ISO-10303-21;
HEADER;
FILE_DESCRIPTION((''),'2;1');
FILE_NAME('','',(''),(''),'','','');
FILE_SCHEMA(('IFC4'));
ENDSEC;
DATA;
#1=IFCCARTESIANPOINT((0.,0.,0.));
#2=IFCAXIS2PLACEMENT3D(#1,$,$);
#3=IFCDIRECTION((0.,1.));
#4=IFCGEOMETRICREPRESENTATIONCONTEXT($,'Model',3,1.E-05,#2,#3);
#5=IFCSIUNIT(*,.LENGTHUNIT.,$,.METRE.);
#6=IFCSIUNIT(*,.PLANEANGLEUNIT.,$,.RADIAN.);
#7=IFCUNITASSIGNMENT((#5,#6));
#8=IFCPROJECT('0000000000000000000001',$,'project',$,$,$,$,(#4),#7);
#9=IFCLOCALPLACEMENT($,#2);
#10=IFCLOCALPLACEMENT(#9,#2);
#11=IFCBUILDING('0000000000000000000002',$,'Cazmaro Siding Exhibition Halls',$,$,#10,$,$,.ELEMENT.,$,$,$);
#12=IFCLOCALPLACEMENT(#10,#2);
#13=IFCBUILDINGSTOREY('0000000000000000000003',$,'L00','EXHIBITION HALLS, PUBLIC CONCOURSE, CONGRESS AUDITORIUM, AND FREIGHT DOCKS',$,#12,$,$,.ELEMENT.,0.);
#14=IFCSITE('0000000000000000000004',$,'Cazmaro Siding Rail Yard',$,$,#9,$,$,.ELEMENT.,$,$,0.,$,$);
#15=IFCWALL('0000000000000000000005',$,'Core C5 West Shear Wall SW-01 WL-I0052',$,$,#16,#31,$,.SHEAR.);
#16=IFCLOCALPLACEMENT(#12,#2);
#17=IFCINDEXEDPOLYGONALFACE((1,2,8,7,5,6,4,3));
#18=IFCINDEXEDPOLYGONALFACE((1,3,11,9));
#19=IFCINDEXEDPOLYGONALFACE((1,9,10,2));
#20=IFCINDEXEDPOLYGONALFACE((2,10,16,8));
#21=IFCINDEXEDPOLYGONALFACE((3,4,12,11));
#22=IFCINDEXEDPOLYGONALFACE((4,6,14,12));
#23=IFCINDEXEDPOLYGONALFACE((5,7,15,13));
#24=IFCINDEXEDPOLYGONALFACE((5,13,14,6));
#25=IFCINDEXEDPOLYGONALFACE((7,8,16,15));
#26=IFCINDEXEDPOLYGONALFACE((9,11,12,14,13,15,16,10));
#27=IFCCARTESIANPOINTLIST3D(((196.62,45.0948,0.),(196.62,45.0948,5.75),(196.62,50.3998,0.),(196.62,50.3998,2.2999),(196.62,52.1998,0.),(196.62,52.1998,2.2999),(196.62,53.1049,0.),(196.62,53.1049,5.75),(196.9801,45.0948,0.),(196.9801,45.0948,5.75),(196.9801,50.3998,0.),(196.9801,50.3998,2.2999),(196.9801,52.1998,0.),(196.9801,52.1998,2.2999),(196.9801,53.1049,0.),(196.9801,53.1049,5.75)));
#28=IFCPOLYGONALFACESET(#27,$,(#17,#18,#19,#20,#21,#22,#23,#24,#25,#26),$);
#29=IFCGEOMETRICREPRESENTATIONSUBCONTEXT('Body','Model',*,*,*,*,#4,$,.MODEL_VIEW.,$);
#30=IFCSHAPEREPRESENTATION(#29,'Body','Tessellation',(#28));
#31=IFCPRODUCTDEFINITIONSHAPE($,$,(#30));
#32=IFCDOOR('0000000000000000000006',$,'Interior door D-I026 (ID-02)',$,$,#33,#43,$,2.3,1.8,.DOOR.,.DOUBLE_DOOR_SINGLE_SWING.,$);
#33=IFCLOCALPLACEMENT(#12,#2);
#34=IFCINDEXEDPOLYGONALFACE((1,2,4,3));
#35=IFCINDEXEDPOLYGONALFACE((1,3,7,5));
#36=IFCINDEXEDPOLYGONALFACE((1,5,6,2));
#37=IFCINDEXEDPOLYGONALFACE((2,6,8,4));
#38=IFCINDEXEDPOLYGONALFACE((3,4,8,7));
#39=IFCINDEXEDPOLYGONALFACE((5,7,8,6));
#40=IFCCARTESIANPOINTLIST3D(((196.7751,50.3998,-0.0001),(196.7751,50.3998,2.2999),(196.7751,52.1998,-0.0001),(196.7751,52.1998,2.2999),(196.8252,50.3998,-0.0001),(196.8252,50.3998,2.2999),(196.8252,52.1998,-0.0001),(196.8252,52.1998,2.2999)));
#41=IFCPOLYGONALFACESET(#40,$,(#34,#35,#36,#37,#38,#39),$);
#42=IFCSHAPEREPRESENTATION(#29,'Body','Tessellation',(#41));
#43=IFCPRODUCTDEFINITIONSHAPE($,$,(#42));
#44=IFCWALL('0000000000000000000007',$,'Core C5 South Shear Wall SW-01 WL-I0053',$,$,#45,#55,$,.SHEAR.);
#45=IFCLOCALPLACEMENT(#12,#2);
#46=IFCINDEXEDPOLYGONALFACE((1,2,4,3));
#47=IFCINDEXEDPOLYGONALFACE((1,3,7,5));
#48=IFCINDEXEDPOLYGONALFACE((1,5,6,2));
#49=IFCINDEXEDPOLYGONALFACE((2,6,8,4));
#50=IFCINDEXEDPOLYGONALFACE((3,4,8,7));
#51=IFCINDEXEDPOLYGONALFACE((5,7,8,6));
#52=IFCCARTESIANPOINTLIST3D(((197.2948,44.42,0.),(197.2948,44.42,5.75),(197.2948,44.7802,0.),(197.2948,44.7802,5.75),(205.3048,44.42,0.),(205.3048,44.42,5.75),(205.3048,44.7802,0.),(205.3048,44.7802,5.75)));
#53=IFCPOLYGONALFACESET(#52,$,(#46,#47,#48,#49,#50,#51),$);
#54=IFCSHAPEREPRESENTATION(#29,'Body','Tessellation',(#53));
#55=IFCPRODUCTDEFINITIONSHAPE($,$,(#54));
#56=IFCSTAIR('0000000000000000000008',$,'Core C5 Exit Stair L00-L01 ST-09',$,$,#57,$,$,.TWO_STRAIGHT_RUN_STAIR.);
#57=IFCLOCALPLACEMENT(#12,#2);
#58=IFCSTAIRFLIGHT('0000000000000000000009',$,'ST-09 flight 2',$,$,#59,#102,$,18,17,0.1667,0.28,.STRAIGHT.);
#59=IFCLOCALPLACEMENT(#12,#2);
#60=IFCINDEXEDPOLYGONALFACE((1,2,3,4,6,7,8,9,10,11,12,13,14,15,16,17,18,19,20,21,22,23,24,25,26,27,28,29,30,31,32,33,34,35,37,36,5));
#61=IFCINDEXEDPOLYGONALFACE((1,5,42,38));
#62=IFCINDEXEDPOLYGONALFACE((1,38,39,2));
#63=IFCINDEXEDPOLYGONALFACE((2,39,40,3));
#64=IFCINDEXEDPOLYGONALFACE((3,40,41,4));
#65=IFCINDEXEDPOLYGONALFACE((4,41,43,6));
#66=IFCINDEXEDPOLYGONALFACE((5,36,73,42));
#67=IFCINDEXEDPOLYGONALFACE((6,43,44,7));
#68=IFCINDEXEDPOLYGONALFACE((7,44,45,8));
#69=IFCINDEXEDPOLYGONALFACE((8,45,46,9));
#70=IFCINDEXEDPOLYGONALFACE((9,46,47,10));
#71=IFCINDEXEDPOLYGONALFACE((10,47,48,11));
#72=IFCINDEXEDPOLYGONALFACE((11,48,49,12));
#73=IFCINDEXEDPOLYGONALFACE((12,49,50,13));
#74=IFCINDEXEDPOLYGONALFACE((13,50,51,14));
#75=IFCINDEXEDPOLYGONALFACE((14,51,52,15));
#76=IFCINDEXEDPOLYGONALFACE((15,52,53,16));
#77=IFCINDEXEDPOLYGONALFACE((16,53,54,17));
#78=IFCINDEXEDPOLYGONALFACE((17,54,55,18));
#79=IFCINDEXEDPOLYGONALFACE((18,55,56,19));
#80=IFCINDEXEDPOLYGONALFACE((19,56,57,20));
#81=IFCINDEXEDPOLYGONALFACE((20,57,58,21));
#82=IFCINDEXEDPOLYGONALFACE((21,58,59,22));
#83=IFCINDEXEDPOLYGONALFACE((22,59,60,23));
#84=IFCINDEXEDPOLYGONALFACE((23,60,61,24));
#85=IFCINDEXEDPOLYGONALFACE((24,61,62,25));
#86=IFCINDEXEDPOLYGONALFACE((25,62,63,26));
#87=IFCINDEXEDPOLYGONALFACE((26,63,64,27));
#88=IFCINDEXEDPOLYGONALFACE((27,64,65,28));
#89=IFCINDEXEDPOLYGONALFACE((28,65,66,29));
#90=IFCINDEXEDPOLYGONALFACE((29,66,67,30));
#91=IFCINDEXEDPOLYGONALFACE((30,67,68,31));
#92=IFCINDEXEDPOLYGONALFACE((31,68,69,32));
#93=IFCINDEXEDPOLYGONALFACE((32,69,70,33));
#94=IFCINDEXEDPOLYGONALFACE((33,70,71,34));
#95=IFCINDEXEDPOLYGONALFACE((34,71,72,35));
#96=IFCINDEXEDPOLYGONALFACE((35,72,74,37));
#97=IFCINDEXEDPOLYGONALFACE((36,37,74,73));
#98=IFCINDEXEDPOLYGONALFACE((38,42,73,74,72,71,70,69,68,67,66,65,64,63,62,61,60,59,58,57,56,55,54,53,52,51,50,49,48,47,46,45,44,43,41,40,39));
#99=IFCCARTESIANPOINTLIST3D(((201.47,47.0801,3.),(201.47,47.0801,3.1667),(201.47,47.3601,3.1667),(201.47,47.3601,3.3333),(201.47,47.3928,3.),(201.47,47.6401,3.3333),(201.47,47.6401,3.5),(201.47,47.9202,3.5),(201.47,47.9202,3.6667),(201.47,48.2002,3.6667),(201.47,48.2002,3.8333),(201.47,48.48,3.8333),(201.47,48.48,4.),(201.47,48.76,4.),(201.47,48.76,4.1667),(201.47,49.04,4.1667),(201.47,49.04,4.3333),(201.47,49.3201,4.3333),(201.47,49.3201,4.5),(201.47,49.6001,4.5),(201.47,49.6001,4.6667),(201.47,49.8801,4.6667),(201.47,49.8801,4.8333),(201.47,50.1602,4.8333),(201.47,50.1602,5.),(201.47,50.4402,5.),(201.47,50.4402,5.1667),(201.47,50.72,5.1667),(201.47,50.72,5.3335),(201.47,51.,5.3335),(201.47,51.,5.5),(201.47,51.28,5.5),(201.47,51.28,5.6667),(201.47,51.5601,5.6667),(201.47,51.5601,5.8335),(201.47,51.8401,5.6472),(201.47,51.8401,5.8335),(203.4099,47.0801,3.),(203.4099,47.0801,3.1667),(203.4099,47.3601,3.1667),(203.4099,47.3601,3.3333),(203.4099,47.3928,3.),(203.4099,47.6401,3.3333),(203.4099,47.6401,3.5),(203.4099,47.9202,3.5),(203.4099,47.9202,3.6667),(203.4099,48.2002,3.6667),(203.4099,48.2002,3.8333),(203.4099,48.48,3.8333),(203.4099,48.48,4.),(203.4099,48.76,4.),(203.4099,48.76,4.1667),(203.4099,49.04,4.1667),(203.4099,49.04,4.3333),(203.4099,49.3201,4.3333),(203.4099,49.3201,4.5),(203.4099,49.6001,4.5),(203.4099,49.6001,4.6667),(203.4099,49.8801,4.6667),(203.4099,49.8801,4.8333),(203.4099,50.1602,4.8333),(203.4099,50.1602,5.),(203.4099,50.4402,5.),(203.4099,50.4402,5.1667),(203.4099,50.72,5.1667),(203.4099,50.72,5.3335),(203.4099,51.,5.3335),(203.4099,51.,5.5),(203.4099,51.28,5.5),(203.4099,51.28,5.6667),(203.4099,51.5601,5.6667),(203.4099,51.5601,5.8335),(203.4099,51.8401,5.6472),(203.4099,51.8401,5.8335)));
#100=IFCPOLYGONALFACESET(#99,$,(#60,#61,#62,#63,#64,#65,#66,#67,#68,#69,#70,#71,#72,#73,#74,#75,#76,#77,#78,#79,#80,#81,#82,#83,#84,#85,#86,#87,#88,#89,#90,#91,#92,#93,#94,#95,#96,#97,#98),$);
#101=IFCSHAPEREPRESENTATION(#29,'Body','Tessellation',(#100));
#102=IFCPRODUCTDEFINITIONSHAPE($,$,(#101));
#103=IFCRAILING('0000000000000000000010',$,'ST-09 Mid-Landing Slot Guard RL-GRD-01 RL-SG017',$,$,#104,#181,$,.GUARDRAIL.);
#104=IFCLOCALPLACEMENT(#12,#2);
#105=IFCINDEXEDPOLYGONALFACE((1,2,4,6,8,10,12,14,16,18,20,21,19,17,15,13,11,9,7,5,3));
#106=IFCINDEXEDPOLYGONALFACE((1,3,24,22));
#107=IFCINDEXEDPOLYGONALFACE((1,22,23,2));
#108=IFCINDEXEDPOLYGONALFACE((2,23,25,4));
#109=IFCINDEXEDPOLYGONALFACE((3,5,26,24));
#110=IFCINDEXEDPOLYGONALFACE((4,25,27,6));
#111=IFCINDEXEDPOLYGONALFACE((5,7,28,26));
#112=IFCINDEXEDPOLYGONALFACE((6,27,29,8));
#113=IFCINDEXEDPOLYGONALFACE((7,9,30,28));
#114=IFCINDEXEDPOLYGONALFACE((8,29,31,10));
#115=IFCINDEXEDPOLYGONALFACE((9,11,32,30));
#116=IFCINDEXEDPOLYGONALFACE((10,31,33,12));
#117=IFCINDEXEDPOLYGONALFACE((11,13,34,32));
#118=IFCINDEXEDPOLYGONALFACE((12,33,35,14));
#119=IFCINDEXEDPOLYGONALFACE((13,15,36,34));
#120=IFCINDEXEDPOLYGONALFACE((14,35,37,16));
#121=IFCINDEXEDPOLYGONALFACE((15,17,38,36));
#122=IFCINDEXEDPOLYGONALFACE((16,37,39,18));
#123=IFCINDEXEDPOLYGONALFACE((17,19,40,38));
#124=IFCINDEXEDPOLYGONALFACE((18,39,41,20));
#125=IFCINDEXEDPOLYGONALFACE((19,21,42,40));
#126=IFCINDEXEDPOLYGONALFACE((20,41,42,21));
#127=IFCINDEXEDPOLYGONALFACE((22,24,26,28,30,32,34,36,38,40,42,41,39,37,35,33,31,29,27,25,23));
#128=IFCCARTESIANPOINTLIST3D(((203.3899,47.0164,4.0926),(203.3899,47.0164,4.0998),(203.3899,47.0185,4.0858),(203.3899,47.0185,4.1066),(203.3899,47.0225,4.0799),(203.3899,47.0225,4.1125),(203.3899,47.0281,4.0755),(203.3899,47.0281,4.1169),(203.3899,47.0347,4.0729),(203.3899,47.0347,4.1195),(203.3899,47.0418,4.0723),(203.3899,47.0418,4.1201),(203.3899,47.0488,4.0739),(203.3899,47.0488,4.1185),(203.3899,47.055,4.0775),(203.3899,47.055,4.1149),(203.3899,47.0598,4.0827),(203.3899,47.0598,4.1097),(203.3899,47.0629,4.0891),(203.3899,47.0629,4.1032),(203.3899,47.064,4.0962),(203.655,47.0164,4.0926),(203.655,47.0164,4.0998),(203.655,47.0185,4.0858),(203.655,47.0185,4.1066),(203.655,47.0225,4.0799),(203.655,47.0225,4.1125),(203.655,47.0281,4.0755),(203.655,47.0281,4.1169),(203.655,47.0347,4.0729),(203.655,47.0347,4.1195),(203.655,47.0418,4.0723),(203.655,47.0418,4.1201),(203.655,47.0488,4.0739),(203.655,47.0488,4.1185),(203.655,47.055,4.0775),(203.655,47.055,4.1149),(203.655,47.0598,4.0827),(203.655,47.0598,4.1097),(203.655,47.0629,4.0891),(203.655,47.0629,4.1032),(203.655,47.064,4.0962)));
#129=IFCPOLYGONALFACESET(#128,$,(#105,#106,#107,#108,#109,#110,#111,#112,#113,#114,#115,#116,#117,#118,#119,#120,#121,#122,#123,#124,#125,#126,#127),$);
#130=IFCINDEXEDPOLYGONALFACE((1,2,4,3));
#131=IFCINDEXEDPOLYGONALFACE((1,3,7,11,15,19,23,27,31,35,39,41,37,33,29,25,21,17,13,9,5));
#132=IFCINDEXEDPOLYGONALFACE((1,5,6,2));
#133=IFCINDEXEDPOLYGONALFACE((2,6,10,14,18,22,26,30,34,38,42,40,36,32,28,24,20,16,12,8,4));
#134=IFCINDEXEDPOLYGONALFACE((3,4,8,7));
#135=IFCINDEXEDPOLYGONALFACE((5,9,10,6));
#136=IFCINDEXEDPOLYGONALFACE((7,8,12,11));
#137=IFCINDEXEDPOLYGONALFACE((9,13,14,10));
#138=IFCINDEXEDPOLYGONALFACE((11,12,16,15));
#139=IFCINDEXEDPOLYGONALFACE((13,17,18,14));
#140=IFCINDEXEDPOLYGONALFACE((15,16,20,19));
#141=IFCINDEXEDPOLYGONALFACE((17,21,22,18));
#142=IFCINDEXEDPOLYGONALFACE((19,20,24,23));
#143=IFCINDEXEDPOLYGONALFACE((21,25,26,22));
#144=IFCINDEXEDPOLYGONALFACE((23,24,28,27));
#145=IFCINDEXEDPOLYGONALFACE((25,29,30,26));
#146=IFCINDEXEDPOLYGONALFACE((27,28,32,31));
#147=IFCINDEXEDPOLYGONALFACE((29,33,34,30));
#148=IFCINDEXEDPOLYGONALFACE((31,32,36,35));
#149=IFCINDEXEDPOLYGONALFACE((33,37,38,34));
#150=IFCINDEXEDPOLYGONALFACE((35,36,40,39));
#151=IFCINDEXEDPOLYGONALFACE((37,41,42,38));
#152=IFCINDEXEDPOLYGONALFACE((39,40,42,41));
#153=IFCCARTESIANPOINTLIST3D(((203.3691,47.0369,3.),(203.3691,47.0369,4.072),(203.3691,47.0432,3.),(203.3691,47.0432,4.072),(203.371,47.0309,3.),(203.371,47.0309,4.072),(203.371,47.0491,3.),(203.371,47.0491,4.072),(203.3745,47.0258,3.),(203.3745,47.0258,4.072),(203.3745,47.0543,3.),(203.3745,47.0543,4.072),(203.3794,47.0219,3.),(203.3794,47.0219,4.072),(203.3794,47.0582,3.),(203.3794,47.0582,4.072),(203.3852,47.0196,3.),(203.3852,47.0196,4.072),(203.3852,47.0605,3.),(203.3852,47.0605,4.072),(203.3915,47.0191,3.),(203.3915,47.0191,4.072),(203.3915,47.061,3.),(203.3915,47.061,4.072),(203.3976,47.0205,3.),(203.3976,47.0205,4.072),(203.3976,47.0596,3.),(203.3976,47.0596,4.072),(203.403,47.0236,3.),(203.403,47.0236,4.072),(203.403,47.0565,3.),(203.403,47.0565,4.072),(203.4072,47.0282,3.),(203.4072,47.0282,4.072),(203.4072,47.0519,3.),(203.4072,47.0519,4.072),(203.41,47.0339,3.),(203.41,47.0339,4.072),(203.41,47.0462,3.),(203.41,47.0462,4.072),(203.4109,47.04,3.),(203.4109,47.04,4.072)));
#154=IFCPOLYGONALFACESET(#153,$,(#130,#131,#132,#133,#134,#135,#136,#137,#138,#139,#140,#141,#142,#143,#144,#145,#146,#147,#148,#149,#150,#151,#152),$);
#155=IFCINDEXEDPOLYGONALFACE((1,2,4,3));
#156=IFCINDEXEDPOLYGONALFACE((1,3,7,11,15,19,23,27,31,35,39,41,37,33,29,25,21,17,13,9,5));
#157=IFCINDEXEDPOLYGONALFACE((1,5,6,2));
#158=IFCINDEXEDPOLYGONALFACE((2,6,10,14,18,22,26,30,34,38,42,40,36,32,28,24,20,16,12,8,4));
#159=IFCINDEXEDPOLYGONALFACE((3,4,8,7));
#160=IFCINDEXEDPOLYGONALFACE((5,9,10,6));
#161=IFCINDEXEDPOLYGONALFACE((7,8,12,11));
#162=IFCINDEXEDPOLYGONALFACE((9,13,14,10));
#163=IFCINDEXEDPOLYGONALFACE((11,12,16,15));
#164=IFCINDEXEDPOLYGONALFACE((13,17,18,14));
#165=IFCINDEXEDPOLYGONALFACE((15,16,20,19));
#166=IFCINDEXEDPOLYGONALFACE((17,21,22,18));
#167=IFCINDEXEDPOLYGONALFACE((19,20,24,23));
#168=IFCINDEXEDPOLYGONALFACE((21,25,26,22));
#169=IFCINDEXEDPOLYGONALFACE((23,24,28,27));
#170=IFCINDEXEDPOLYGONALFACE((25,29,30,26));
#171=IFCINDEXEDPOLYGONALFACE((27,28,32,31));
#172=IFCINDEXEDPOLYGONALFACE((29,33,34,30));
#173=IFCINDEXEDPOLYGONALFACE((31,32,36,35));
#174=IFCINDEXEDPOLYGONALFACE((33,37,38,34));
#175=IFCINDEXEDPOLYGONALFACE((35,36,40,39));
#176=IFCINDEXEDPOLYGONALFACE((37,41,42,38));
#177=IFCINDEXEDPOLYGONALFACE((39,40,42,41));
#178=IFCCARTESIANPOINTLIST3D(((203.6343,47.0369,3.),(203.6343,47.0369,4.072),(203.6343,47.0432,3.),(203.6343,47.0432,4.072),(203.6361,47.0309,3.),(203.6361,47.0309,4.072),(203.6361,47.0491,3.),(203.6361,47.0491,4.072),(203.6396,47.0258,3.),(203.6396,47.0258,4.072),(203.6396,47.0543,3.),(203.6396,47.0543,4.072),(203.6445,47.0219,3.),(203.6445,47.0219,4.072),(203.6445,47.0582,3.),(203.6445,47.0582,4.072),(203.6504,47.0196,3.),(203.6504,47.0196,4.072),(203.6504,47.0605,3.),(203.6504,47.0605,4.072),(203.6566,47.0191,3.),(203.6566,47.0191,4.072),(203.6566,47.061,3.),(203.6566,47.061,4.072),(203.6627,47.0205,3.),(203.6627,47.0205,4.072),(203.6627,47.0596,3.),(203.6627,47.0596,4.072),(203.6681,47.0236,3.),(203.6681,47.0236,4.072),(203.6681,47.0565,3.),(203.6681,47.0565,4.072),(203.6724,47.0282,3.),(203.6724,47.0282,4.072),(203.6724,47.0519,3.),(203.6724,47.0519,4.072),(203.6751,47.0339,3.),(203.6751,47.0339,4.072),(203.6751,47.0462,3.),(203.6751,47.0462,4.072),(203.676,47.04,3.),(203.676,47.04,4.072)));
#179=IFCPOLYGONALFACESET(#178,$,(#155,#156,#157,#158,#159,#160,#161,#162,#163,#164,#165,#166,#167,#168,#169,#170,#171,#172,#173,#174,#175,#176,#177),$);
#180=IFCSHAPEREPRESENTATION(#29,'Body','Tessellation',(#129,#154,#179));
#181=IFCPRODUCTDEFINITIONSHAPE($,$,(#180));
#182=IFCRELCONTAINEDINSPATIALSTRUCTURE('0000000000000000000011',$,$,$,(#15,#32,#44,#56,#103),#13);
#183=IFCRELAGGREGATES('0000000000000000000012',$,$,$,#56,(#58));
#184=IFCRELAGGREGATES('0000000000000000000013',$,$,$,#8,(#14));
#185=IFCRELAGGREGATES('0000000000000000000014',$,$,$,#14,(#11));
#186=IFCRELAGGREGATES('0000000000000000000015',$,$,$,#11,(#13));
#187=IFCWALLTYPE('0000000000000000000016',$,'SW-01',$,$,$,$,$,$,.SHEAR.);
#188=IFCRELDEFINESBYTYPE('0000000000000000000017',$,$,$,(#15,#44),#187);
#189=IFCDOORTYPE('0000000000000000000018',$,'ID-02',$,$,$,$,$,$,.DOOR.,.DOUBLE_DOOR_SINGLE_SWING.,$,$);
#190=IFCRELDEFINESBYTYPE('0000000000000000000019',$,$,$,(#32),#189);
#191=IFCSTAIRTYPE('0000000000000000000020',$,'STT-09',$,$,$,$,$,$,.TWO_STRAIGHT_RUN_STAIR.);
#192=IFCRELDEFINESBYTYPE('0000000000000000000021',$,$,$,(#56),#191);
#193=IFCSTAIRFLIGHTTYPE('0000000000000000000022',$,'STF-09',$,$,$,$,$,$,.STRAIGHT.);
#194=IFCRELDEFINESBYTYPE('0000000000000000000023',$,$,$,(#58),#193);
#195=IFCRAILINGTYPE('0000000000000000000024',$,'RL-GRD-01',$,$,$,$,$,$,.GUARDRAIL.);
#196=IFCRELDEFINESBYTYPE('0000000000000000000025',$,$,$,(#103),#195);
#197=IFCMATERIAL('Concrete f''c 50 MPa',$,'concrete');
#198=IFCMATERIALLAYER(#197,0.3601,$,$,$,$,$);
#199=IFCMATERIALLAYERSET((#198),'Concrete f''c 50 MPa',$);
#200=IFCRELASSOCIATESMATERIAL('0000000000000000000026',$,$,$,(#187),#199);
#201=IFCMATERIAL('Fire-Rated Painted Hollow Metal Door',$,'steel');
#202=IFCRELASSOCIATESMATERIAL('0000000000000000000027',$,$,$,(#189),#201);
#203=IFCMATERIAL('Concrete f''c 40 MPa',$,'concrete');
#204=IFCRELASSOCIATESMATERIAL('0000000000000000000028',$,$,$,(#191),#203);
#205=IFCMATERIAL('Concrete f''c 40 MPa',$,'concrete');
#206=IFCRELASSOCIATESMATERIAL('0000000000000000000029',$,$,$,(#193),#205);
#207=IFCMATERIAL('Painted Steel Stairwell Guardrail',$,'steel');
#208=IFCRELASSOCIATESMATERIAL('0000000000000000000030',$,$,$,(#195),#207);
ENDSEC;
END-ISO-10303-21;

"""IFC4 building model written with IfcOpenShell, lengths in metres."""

from ifc_helpers import new_model, si_unit, direction, frame, frame_2d, origin, origin_2d, place, context, subcontext, project, spatial, polyline, rectangle, circle, outline, extrude, material, layer, layer_set, type_object, element, fill, aggregate, save


model = new_model("IFC4")

# Units and contexts
model_context = context("Model", 3, precision=1e-05, world=origin(), true_north=direction((0.0, 1.0)))
body_context = subcontext(model_context, "Body", "Model", "MODEL_VIEW")
ifc_project = project(units=[si_unit("LENGTHUNIT", "METRE"), si_unit("PLANEANGLEUNIT", "RADIAN")], contexts=[model_context])

# Site, building, storey
site_placement = place(None, origin())
site = spatial("IfcSite", under=ifc_project, at=site_placement, Name="Cazmaro Siding Rail Yard", CompositionType="ELEMENT", RefElevation=0.0)
building_placement = place(site_placement, origin())
building = spatial("IfcBuilding", under=site, at=building_placement, Name="Cazmaro Siding Exhibition Halls", CompositionType="ELEMENT")
storey_placement = place(building_placement, origin())
storey = spatial("IfcBuildingStorey", under=building, at=storey_placement, Name="L00", Description="EXHIBITION HALLS, PUBLIC CONCOURSE, CONGRESS AUDITORIUM, AND FREIGHT DOCKS", CompositionType="ELEMENT", Elevation=0.0)

# Wall, opening, door
ifc_material_1 = material(Name="Concrete f'c 50 MPa", Category="concrete")
ifc_layer = layer(ifc_material_1, 0.3601)
ifc_layer_set = layer_set([ifc_layer], Name="Concrete f'c 50 MPa")
wall_type = type_object("IfcWallType", Name="SW-01", PredefinedType="SHEAR", material=ifc_layer_set)
wall_1_placement = place(storey_placement, frame((196.8, 45.095, 0.0), z_axis=(0.0, 0.0, 1.0), x_axis=(0.0, 1.0, 0.0)))
wall_1 = element("IfcWall", 1, at=wall_1_placement, inside=storey, type_object=wall_type, Name="Core C5 West Shear Wall SW-01 WL-I0052", PredefinedType="SHEAR", context=body_context, shape_type="SweptSolid", body=[
    extrude(rectangle(XDim=8.01, YDim=0.3601, at=frame_2d((4.0049, 0.0))), origin(), (0.0, 0.0, 1.0), 5.75),
])
opening_1_placement = place(wall_1_placement, frame((5.3049, 0.0, 0.0)))
opening_1 = element("IfcOpeningElement", 2, at=opening_1_placement, cuts=wall_1, PredefinedType="OPENING", context=body_context, shape_type="SweptSolid", body=[
    extrude(rectangle(XDim=1.8, YDim=2.3, at=frame_2d((0.8999, 1.1499))), frame((0.0, 0.1899, 0.0), z_axis=(0.0, -1.0, 0.0), x_axis=(1.0, 0.0, 0.0)), (0.0, 0.0, 1.0), 0.3801),
])
ifc_material_2 = material(Name="Fire-Rated Painted Hollow Metal Door", Category="steel")
door_type_1 = type_object("IfcDoorType", Name="ID-02", OperationType="DOUBLE_DOOR_SINGLE_SWING", PredefinedType="DOOR", material=ifc_material_2)
door_1_placement = place(opening_1_placement, origin())
door_1 = element("IfcDoor", 3, at=door_1_placement, inside=storey, type_object=door_type_1, Name="Interior door D-I026 (ID-02)", OperationType="DOUBLE_DOOR_SINGLE_SWING", OverallHeight=2.3, OverallWidth=1.8, PredefinedType="DOOR", context=body_context, shape_type="SweptSolid", body=[
    extrude(rectangle(XDim=1.8, YDim=2.3, at=frame_2d((0.8999, 1.1499))), frame((0.0, 0.0249, 0.0), z_axis=(0.0, -1.0, 0.0), x_axis=(1.0, 0.0, 0.0)), (0.0, 0.0, 1.0), 0.05),
])
fill(opening_1, door_1)

# Wall
wall_2_placement = place(storey_placement, frame((197.2949, 44.6001, 0.0), z_axis=(0.0, 0.0, 1.0), x_axis=(1.0, 0.0, 0.0)))
element("IfcWall", 4, at=wall_2_placement, inside=storey, type_object=wall_type, Name="Core C5 South Shear Wall SW-01 WL-I0053", PredefinedType="SHEAR", context=body_context, shape_type="SweptSolid", body=[
    extrude(rectangle(XDim=8.01, YDim=0.3601, at=frame_2d((4.0049, 0.0))), origin(), (0.0, 0.0, 1.0), 5.75),
])

# Stair, stair flight
ifc_material_3 = material(Name="Concrete f'c 40 MPa", Category="concrete")
stair_type = type_object("IfcStairType", Name="STT-09", PredefinedType="TWO_STRAIGHT_RUN_STAIR", material=ifc_material_3)
stair_placement = place(storey_placement, origin())
stair = element("IfcStair", 5, at=stair_placement, inside=storey, type_object=stair_type, Name="Core C5 Exit Stair L00-L01 ST-09", PredefinedType="TWO_STRAIGHT_RUN_STAIR")
ifc_material_4 = material(Name="Concrete f'c 40 MPa", Category="concrete")
stair_flight_type = type_object("IfcStairFlightType", Name="STF-09", PredefinedType="STRAIGHT", material=ifc_material_4)
stair_flight_placement = place(storey_placement, frame((202.4399, 47.0801, 3.0), z_axis=(0.0, 0.0, 1.0), x_axis=(0.0, 1.0, 0.0)))
stair_flight = element("IfcStairFlight", 6, at=stair_flight_placement, type_object=stair_flight_type, Name="ST-09 flight 2", NumberOfRisers=18, NumberOfTreads=17, PredefinedType="STRAIGHT", RiserHeight=0.1667, TreadLength=0.28, context=body_context, shape_type="SweptSolid", body=[
    extrude(outline(polyline([(0.0, 0.0), (0.0, 0.1667), (0.28, 0.1667), (0.28, 0.3333), (0.5601, 0.3333), (0.5601, 0.5), (0.8401, 0.5), (0.8401, 0.6667), (1.1201, 0.6667), (1.1201, 0.8333), (1.3999, 0.8333), (1.3999, 1.0), (1.6799, 1.0), (1.6799, 1.1667), (1.96, 1.1667), (1.96, 1.3333), (2.24, 1.3333), (2.24, 1.5), (2.52, 1.5), (2.52, 1.6667), (2.8, 1.6667), (2.8, 1.8333), (3.0801, 1.8333), (3.0801, 2.0), (3.3601, 2.0), (3.3601, 2.1667), (3.6399, 2.1667), (3.6399, 2.3335), (3.9199, 2.3335), (3.9199, 2.5), (4.2, 2.5), (4.2, 2.6667), (4.48, 2.6667), (4.48, 2.8335), (4.76, 2.8335), (4.76, 3.0), (4.76, 2.6472), (0.3127, 0.0), (0.0, 0.0)])), frame((0.0, 0.97, 0.0), z_axis=(0.0, -1.0, 0.0), x_axis=(1.0, 0.0, 0.0)), (0.0, 0.0, 1.0), 1.9399),
])
aggregate(stair, [stair_flight])

# Railing
ifc_material_5 = material(Name="Painted Steel Stairwell Guardrail", Category="steel")
railing_type_1 = type_object("IfcRailingType", Name="RL-GRD-01", PredefinedType="GUARDRAIL", material=ifc_material_5)
railing_placement = place(storey_placement, frame((203.3899, 47.04, 3.0)))
element("IfcRailing", 7, at=railing_placement, inside=storey, type_object=railing_type_1, Name="ST-09 Mid-Landing Slot Guard RL-GRD-01 RL-SG017", PredefinedType="GUARDRAIL", context=body_context, shape_type="SweptSolid", body=[
    extrude(circle(Radius=0.0239, at=origin_2d()), frame((0.0, 0.0, 1.0962), z_axis=(1.0, 0.0, 0.0), x_axis=(0.0, 1.0, 0.0)), (0.0, 0.0, 1.0), 0.2651),
    extrude(circle(Radius=0.021, at=origin_2d()), origin(), (0.0, 0.0, 1.0), 1.072),
    extrude(circle(Radius=0.021, at=origin_2d()), frame((0.2651, 0.0, 0.0)), (0.0, 0.0, 1.0), 1.072),
])

save(model, "model.ifc")
